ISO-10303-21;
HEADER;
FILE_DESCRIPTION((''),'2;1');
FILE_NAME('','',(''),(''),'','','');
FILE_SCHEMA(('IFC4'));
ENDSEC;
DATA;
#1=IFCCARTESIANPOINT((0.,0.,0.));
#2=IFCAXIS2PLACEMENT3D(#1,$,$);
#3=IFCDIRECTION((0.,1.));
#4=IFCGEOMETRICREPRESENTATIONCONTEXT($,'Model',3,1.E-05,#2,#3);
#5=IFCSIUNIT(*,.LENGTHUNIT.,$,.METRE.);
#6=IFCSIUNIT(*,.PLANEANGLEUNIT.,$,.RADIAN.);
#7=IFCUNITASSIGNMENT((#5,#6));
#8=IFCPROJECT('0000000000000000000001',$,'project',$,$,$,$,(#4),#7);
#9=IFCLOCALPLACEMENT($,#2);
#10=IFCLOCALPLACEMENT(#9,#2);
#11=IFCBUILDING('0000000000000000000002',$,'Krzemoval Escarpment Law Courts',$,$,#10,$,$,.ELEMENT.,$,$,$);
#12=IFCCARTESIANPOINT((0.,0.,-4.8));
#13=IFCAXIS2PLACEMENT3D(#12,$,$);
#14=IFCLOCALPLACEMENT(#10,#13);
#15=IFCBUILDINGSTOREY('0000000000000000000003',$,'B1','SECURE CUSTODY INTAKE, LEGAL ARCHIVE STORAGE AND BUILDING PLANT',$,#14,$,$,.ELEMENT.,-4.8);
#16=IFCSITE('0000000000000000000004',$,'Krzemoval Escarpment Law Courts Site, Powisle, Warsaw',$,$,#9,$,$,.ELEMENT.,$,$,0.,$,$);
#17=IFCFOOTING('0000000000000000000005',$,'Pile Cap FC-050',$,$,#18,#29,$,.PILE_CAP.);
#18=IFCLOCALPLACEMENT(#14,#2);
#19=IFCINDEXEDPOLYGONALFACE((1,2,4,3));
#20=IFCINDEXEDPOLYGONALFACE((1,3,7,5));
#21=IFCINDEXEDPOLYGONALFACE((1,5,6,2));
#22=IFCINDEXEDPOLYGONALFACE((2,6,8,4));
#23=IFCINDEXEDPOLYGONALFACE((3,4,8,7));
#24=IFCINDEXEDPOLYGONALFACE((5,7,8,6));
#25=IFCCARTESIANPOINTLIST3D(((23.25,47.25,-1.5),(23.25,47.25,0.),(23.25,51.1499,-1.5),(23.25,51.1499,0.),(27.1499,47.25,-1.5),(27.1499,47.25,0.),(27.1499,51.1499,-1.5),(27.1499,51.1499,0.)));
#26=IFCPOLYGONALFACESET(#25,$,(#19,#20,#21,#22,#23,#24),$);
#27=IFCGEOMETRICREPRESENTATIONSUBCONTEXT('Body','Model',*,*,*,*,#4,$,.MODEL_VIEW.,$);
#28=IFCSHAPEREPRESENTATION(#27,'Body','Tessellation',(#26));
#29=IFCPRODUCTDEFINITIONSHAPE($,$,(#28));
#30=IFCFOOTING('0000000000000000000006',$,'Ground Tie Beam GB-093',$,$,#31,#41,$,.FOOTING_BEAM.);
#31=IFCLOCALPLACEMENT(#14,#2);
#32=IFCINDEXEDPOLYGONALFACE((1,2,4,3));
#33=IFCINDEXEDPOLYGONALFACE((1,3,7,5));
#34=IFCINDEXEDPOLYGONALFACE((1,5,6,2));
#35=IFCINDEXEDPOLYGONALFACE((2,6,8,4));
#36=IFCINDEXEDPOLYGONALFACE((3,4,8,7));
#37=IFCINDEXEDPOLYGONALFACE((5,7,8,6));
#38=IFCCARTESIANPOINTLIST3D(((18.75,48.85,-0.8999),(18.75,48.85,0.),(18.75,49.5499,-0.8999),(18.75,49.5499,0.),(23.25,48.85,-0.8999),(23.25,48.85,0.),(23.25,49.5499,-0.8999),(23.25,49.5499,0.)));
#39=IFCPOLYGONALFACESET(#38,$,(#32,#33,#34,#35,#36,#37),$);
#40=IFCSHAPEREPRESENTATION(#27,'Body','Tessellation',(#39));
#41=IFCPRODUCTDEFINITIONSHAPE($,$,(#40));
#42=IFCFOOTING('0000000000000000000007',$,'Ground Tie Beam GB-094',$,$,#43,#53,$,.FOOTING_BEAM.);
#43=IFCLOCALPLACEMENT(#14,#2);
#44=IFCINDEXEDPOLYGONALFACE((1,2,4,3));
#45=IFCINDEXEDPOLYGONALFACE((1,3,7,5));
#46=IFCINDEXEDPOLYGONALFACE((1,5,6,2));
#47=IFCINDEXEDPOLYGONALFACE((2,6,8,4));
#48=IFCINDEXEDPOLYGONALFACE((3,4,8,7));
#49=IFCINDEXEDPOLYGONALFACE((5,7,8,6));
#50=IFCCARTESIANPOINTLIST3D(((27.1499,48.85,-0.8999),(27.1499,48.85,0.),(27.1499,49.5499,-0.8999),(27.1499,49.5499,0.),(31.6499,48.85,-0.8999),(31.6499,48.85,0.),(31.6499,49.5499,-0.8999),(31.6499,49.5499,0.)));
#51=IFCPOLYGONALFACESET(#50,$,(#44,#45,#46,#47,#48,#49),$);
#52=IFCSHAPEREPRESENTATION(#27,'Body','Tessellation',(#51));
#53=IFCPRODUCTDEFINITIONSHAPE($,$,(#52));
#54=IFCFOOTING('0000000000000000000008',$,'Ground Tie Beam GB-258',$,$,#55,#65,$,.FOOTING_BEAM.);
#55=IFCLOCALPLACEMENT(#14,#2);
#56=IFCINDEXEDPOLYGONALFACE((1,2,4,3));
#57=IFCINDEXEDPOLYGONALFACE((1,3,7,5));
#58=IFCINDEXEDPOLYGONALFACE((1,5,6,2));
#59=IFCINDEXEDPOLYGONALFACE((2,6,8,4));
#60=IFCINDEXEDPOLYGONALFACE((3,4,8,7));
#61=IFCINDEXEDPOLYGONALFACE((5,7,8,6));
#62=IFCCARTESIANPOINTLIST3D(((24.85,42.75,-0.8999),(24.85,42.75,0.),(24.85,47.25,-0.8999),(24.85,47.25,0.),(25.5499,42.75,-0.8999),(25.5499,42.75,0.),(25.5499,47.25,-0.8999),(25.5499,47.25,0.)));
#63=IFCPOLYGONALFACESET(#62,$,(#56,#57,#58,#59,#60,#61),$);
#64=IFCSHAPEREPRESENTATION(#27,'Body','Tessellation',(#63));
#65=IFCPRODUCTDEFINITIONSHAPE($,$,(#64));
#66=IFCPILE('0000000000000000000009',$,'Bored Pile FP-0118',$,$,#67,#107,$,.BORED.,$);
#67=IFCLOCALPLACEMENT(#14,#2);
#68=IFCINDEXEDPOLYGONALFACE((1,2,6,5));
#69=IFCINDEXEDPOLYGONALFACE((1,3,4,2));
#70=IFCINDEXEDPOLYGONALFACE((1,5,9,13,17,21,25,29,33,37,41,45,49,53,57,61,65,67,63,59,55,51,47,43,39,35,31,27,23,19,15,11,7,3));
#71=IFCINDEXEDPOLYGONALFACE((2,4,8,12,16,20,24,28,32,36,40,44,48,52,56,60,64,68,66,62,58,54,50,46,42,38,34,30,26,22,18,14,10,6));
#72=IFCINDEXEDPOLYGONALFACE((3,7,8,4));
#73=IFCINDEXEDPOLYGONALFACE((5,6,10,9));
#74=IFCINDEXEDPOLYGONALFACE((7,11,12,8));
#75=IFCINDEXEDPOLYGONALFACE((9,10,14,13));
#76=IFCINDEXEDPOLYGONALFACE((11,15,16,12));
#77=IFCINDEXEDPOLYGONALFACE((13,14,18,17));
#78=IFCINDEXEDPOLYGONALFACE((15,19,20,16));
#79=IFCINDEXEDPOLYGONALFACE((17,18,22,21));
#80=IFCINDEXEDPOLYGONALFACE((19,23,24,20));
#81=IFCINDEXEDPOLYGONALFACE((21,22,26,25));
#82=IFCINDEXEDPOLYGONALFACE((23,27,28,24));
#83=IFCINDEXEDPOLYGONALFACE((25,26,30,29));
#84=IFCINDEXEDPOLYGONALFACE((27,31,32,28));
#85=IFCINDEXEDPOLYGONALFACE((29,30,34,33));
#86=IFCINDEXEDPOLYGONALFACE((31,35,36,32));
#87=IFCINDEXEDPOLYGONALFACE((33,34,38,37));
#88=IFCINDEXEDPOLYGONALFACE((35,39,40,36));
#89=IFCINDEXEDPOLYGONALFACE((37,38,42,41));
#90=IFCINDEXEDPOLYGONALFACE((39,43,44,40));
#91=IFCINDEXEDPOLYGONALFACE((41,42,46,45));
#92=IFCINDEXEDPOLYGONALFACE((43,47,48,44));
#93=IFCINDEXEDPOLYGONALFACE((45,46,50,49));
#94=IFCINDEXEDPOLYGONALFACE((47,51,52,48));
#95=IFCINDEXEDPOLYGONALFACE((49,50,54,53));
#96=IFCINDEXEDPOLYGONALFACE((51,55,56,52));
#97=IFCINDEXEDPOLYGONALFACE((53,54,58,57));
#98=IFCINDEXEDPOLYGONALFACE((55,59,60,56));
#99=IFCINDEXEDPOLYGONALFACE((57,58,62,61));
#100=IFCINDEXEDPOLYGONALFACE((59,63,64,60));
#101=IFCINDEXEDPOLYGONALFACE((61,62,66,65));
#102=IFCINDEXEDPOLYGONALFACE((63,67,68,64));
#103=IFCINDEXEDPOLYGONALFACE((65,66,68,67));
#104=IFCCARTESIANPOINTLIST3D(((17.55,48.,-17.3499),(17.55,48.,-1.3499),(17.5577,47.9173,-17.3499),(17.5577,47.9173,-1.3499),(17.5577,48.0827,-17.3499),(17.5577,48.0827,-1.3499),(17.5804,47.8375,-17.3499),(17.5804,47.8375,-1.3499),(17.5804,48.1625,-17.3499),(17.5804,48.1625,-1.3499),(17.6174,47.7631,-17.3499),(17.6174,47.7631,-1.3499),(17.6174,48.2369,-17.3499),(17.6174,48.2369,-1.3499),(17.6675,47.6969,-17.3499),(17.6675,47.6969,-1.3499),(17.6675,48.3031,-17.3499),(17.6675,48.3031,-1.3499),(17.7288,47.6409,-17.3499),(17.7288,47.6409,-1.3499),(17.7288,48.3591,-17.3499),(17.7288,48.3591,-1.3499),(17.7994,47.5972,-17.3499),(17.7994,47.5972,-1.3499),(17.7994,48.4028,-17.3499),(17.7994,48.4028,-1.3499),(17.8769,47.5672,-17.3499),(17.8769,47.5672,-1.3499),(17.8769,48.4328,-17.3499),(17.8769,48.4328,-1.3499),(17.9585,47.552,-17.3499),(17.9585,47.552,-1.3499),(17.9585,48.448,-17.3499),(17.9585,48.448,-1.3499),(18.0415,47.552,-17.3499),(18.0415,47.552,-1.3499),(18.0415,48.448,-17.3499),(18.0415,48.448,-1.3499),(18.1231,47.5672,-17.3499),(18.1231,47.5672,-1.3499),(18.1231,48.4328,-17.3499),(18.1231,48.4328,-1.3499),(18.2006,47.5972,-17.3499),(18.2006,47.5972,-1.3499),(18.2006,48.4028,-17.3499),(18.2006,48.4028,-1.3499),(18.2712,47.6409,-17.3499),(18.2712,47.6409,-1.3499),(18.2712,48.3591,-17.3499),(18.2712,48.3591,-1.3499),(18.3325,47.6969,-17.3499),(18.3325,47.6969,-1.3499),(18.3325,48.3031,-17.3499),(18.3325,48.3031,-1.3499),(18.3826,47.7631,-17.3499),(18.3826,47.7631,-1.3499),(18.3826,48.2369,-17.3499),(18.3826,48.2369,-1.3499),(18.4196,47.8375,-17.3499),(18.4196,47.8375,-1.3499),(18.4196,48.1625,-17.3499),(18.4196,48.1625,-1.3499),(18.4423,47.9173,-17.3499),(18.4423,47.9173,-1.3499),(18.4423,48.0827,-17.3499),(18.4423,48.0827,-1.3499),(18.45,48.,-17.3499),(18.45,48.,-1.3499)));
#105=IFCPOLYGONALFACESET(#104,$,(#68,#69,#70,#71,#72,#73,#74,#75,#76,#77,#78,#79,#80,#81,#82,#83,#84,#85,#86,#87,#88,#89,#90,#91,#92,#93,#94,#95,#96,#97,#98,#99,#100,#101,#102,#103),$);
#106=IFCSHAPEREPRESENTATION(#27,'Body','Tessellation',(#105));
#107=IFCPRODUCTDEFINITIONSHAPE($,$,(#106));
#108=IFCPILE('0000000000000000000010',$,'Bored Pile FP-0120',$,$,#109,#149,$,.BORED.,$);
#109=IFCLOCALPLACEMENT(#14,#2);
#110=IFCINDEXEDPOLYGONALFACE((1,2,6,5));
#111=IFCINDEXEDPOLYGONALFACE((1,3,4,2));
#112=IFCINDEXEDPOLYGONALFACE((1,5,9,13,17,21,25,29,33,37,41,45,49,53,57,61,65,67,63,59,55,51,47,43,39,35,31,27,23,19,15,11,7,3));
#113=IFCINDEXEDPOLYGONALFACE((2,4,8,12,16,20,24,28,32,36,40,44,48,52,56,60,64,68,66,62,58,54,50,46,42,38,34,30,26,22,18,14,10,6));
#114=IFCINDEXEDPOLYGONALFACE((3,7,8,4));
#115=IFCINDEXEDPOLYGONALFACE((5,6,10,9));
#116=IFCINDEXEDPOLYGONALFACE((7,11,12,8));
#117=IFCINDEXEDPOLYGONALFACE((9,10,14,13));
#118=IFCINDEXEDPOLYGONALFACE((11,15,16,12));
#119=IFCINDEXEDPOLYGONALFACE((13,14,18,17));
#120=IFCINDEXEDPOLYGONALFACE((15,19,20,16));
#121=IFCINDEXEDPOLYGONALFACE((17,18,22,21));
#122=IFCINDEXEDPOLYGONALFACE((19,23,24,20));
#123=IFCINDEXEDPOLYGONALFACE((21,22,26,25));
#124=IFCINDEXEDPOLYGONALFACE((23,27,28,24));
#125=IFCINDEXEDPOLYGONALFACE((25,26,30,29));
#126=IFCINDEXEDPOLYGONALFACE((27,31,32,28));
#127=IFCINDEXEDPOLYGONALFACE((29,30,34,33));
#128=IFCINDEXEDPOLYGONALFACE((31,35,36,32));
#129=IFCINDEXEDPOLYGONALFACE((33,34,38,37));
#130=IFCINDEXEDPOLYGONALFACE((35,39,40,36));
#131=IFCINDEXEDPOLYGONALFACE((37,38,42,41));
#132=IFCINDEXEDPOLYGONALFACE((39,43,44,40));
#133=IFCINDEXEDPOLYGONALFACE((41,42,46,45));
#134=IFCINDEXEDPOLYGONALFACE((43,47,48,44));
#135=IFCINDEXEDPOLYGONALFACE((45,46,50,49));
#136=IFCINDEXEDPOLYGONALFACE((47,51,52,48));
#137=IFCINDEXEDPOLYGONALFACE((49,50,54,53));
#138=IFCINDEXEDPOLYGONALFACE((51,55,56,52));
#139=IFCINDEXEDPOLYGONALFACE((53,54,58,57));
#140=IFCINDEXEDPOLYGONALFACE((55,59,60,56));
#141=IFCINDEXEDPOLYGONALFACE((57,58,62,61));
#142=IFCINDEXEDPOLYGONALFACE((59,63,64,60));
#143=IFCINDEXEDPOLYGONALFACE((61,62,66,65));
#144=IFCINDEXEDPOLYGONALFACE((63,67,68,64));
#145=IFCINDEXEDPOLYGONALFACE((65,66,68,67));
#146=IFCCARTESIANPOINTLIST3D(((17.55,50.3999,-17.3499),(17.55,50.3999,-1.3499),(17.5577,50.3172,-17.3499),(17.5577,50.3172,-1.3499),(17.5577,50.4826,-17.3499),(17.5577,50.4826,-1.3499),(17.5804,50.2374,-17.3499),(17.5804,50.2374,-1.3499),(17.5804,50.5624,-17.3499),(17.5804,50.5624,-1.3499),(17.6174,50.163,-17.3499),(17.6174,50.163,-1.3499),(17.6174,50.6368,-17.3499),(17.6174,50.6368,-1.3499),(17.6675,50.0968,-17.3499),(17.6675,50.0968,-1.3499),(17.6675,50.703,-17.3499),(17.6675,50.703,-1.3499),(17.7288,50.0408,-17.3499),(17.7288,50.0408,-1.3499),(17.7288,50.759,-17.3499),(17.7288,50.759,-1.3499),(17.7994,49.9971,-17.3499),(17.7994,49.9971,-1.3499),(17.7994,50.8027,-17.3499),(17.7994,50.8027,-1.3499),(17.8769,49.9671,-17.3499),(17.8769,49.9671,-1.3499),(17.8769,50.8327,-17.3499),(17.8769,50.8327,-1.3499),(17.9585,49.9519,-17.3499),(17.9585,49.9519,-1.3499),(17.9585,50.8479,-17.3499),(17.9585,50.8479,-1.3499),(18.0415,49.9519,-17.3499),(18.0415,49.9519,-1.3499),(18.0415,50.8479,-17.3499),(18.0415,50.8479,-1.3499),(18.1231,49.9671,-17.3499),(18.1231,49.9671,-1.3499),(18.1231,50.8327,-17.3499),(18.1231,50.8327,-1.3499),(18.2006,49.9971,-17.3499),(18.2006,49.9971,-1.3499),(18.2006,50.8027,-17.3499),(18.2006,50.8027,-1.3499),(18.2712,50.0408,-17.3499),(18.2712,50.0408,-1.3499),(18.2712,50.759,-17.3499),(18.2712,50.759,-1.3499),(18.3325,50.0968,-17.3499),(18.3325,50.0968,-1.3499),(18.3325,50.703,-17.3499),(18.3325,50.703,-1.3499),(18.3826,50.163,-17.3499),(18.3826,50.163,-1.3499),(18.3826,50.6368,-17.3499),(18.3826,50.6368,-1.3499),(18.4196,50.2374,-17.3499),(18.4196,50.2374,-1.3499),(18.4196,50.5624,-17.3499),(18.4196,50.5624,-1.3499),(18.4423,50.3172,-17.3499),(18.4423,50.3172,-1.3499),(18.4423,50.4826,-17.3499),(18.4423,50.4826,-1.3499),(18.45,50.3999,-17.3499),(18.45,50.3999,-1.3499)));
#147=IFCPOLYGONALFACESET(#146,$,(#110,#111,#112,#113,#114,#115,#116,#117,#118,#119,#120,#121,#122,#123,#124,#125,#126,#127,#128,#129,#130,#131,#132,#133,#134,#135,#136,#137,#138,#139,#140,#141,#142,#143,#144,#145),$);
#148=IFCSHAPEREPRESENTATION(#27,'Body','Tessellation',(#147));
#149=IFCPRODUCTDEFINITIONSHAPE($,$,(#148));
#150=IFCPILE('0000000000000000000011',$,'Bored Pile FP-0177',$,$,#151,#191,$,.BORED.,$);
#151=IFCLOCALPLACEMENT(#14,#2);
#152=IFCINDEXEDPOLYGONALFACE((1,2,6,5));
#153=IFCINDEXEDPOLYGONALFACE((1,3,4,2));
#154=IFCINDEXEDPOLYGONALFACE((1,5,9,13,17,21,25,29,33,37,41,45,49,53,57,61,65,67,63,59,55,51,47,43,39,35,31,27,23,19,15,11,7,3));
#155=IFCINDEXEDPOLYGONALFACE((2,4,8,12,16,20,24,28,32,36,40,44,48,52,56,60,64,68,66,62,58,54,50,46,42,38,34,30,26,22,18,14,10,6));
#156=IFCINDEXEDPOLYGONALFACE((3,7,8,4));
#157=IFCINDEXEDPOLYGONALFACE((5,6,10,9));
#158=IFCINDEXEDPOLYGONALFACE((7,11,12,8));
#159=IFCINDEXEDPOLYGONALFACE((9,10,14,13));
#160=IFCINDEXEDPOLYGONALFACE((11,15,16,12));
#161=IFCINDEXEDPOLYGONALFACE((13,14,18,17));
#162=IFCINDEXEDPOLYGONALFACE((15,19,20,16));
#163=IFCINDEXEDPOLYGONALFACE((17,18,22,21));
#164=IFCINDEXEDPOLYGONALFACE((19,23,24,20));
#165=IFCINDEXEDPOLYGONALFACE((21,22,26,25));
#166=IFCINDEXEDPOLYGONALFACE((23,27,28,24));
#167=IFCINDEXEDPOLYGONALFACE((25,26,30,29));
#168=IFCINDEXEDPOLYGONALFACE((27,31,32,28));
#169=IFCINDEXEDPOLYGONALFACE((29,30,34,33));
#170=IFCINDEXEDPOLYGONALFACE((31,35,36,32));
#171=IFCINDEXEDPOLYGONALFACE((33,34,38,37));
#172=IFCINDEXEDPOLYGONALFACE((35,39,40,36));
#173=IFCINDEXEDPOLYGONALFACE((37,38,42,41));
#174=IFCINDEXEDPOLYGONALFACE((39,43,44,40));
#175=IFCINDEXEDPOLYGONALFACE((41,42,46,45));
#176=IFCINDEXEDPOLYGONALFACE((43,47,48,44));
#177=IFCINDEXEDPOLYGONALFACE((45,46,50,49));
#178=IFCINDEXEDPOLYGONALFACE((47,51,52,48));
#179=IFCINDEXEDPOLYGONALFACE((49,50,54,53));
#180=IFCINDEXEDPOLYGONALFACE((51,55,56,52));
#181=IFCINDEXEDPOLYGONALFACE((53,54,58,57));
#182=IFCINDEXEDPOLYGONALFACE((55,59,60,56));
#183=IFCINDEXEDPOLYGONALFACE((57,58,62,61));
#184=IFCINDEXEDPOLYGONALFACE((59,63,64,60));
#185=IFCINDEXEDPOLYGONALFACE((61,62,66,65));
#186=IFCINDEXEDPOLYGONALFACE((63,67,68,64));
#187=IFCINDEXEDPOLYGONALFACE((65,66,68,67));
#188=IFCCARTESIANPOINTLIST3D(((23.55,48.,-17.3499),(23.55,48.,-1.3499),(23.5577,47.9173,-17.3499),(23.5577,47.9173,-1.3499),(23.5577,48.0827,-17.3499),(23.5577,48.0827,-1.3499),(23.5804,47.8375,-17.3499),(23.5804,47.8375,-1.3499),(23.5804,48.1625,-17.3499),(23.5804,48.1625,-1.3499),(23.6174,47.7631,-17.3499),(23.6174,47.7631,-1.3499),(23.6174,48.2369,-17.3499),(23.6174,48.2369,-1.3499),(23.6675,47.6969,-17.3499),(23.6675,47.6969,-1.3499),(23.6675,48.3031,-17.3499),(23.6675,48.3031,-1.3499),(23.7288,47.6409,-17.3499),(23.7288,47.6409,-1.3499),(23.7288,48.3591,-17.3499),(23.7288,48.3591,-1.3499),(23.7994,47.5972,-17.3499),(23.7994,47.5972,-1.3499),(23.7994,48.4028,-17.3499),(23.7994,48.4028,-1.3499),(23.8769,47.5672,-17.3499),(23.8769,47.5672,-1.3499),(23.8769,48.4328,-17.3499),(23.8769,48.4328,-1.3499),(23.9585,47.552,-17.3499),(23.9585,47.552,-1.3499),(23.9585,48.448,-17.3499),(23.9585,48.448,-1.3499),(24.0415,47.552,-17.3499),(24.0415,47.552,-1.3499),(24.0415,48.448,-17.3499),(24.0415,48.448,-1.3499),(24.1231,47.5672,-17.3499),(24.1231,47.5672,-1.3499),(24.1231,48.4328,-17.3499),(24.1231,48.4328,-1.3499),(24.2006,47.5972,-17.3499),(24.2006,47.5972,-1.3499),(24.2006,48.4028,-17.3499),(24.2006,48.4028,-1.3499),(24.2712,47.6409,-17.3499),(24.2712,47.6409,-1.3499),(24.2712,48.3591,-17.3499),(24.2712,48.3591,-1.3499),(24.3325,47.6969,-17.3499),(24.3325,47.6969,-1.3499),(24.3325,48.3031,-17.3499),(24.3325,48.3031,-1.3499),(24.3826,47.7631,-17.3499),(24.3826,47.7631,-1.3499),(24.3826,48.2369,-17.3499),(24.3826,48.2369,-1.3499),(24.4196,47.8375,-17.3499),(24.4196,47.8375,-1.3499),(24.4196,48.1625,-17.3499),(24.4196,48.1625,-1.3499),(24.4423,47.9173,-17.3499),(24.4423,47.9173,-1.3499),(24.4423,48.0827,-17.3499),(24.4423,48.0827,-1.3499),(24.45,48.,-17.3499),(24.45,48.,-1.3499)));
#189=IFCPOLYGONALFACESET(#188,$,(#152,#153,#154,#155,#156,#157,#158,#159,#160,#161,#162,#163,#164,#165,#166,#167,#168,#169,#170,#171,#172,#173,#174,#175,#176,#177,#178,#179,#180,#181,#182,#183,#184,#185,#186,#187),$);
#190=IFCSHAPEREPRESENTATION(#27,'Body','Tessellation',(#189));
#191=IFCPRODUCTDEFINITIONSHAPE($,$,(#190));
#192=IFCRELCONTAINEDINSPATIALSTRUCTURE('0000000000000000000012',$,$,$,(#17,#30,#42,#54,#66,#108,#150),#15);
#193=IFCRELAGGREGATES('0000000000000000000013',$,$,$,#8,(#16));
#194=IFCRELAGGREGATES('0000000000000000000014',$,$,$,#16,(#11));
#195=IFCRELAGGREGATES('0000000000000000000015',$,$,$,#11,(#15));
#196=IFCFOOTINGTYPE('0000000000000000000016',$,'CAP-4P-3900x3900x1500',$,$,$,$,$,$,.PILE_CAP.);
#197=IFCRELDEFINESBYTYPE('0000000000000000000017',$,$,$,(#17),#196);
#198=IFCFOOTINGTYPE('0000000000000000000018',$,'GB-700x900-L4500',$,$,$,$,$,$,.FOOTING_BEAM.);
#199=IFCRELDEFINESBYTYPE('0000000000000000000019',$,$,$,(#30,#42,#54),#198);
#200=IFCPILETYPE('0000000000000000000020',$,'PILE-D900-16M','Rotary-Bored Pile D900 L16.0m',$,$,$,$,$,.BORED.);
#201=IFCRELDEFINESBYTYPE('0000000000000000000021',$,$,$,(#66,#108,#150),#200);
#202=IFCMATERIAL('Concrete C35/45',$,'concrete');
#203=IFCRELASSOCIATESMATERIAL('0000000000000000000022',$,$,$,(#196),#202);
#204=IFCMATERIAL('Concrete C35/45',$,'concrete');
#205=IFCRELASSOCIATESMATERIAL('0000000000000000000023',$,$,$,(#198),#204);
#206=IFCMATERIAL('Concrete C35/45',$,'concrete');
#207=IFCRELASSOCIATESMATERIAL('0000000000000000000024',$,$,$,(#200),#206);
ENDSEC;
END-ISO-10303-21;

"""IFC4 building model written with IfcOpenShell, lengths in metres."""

from ifc_helpers import new_model, si_unit, direction, frame, origin, origin_2d, place, context, subcontext, project, spatial, rectangle, circle, extrude, material, material_profile, profile_set, type_object, element, save


model = new_model("IFC4")

# Units and contexts
model_context = context("Model", 3, precision=1e-05, world=origin(), true_north=direction((0.0, 1.0)))
body_context = subcontext(model_context, "Body", "Model", "MODEL_VIEW")
ifc_project = project(units=[si_unit("LENGTHUNIT", "METRE"), si_unit("PLANEANGLEUNIT", "RADIAN")], contexts=[model_context])

# Site, building, storey
site_placement = place(None, origin())
site = spatial("IfcSite", under=ifc_project, at=site_placement, Name="Krzemoval Escarpment Law Courts Site, Powisle, Warsaw", CompositionType="ELEMENT", RefElevation=0.0)
building_placement = place(site_placement, origin())
building = spatial("IfcBuilding", under=site, at=building_placement, Name="Krzemoval Escarpment Law Courts", CompositionType="ELEMENT")
storey_placement = place(building_placement, frame((0.0, 0.0, -4.8)))
storey = spatial("IfcBuildingStorey", under=building, at=storey_placement, Name="B1", Description="SECURE CUSTODY INTAKE, LEGAL ARCHIVE STORAGE AND BUILDING PLANT", CompositionType="ELEMENT", Elevation=-4.8)

# Footings
ifc_material_1 = material(Name="Concrete C35/45", Category="concrete")
footing_type_1 = type_object("IfcFootingType", Name="CAP-4P-3900x3900x1500", PredefinedType="PILE_CAP", material=ifc_material_1)
footing_1_placement = place(storey_placement, frame((25.2, 49.2, -1.5), z_axis=(0.0, 0.0, 1.0), x_axis=(1.0, 0.0, 0.0)))
element("IfcFooting", 1, at=footing_1_placement, inside=storey, type_object=footing_type_1, Name="Pile Cap FC-050", PredefinedType="PILE_CAP", context=body_context, shape_type="SweptSolid", body=[
    extrude(rectangle(XDim=3.8999, YDim=3.8999, at=origin_2d()), origin(), (0.0, 0.0, 1.0), 1.5),
])
ifc_material_2 = material(Name="Concrete C35/45", Category="concrete")
footing_type_2 = type_object("IfcFootingType", Name="GB-700x900-L4500", PredefinedType="FOOTING_BEAM", material=ifc_material_2)
for number, where, z_axis, x_axis, name in (
    (2, (21.0, 49.2, -0.8999), (0.0, 0.0, 1.0), (1.0, 0.0, 0.0), "Ground Tie Beam GB-093"),
    (3, (29.3999, 49.2, -0.8999), (0.0, 0.0, 1.0), (1.0, 0.0, 0.0), "Ground Tie Beam GB-094"),
    (4, (25.2, 45.0, -0.8999), (0.0, 0.0, 1.0), (0.0, 1.0, 0.0), "Ground Tie Beam GB-258"),
):
    element("IfcFooting", number, at=place(storey_placement, frame(where, z_axis=z_axis, x_axis=x_axis)), inside=storey, type_object=footing_type_2, Name=name, PredefinedType="FOOTING_BEAM", context=body_context, shape_type="SweptSolid", body=[
        extrude(rectangle(XDim=4.5, YDim=0.7, at=origin_2d()), origin(), (0.0, 0.0, 1.0), 0.8999),
    ])

# Piles
ifc_material_3 = material(Name="Concrete C35/45", Category="concrete")
ifc_material_profile_1 = material_profile(ifc_material_3, circle(Radius=0.45, at=origin_2d()), Name="PILE D900")
ifc_profile_set_1 = profile_set([ifc_material_profile_1], Name="Concrete C35/45")
pile_type = type_object("IfcPileType", Name="PILE-D900-16M", Description="Rotary-Bored Pile D900 L16.0m", PredefinedType="BORED", material=ifc_profile_set_1)
for number, where, z_axis, x_axis, name in (
    (5, (18.0, 48.0, -1.3499), (0.0, 0.0, -1.0), (1.0, 0.0, 0.0), "Bored Pile FP-0118"),
    (6, (18.0, 50.3999, -1.3499), (0.0, 0.0, -1.0), (1.0, 0.0, 0.0), "Bored Pile FP-0120"),
    (7, (24.0, 48.0, -1.3499), (0.0, 0.0, -1.0), (1.0, 0.0, 0.0), "Bored Pile FP-0177"),
):
    element("IfcPile", number, at=place(storey_placement, frame(where, z_axis=z_axis, x_axis=x_axis)), inside=storey, type_object=pile_type, Name=name, PredefinedType="BORED", context=body_context, shape_type="SweptSolid", body=[
        extrude(circle(Radius=0.45, at=origin_2d()), origin(), (0.0, 0.0, 1.0), 16.0),
    ])

save(model, "model.ifc")
